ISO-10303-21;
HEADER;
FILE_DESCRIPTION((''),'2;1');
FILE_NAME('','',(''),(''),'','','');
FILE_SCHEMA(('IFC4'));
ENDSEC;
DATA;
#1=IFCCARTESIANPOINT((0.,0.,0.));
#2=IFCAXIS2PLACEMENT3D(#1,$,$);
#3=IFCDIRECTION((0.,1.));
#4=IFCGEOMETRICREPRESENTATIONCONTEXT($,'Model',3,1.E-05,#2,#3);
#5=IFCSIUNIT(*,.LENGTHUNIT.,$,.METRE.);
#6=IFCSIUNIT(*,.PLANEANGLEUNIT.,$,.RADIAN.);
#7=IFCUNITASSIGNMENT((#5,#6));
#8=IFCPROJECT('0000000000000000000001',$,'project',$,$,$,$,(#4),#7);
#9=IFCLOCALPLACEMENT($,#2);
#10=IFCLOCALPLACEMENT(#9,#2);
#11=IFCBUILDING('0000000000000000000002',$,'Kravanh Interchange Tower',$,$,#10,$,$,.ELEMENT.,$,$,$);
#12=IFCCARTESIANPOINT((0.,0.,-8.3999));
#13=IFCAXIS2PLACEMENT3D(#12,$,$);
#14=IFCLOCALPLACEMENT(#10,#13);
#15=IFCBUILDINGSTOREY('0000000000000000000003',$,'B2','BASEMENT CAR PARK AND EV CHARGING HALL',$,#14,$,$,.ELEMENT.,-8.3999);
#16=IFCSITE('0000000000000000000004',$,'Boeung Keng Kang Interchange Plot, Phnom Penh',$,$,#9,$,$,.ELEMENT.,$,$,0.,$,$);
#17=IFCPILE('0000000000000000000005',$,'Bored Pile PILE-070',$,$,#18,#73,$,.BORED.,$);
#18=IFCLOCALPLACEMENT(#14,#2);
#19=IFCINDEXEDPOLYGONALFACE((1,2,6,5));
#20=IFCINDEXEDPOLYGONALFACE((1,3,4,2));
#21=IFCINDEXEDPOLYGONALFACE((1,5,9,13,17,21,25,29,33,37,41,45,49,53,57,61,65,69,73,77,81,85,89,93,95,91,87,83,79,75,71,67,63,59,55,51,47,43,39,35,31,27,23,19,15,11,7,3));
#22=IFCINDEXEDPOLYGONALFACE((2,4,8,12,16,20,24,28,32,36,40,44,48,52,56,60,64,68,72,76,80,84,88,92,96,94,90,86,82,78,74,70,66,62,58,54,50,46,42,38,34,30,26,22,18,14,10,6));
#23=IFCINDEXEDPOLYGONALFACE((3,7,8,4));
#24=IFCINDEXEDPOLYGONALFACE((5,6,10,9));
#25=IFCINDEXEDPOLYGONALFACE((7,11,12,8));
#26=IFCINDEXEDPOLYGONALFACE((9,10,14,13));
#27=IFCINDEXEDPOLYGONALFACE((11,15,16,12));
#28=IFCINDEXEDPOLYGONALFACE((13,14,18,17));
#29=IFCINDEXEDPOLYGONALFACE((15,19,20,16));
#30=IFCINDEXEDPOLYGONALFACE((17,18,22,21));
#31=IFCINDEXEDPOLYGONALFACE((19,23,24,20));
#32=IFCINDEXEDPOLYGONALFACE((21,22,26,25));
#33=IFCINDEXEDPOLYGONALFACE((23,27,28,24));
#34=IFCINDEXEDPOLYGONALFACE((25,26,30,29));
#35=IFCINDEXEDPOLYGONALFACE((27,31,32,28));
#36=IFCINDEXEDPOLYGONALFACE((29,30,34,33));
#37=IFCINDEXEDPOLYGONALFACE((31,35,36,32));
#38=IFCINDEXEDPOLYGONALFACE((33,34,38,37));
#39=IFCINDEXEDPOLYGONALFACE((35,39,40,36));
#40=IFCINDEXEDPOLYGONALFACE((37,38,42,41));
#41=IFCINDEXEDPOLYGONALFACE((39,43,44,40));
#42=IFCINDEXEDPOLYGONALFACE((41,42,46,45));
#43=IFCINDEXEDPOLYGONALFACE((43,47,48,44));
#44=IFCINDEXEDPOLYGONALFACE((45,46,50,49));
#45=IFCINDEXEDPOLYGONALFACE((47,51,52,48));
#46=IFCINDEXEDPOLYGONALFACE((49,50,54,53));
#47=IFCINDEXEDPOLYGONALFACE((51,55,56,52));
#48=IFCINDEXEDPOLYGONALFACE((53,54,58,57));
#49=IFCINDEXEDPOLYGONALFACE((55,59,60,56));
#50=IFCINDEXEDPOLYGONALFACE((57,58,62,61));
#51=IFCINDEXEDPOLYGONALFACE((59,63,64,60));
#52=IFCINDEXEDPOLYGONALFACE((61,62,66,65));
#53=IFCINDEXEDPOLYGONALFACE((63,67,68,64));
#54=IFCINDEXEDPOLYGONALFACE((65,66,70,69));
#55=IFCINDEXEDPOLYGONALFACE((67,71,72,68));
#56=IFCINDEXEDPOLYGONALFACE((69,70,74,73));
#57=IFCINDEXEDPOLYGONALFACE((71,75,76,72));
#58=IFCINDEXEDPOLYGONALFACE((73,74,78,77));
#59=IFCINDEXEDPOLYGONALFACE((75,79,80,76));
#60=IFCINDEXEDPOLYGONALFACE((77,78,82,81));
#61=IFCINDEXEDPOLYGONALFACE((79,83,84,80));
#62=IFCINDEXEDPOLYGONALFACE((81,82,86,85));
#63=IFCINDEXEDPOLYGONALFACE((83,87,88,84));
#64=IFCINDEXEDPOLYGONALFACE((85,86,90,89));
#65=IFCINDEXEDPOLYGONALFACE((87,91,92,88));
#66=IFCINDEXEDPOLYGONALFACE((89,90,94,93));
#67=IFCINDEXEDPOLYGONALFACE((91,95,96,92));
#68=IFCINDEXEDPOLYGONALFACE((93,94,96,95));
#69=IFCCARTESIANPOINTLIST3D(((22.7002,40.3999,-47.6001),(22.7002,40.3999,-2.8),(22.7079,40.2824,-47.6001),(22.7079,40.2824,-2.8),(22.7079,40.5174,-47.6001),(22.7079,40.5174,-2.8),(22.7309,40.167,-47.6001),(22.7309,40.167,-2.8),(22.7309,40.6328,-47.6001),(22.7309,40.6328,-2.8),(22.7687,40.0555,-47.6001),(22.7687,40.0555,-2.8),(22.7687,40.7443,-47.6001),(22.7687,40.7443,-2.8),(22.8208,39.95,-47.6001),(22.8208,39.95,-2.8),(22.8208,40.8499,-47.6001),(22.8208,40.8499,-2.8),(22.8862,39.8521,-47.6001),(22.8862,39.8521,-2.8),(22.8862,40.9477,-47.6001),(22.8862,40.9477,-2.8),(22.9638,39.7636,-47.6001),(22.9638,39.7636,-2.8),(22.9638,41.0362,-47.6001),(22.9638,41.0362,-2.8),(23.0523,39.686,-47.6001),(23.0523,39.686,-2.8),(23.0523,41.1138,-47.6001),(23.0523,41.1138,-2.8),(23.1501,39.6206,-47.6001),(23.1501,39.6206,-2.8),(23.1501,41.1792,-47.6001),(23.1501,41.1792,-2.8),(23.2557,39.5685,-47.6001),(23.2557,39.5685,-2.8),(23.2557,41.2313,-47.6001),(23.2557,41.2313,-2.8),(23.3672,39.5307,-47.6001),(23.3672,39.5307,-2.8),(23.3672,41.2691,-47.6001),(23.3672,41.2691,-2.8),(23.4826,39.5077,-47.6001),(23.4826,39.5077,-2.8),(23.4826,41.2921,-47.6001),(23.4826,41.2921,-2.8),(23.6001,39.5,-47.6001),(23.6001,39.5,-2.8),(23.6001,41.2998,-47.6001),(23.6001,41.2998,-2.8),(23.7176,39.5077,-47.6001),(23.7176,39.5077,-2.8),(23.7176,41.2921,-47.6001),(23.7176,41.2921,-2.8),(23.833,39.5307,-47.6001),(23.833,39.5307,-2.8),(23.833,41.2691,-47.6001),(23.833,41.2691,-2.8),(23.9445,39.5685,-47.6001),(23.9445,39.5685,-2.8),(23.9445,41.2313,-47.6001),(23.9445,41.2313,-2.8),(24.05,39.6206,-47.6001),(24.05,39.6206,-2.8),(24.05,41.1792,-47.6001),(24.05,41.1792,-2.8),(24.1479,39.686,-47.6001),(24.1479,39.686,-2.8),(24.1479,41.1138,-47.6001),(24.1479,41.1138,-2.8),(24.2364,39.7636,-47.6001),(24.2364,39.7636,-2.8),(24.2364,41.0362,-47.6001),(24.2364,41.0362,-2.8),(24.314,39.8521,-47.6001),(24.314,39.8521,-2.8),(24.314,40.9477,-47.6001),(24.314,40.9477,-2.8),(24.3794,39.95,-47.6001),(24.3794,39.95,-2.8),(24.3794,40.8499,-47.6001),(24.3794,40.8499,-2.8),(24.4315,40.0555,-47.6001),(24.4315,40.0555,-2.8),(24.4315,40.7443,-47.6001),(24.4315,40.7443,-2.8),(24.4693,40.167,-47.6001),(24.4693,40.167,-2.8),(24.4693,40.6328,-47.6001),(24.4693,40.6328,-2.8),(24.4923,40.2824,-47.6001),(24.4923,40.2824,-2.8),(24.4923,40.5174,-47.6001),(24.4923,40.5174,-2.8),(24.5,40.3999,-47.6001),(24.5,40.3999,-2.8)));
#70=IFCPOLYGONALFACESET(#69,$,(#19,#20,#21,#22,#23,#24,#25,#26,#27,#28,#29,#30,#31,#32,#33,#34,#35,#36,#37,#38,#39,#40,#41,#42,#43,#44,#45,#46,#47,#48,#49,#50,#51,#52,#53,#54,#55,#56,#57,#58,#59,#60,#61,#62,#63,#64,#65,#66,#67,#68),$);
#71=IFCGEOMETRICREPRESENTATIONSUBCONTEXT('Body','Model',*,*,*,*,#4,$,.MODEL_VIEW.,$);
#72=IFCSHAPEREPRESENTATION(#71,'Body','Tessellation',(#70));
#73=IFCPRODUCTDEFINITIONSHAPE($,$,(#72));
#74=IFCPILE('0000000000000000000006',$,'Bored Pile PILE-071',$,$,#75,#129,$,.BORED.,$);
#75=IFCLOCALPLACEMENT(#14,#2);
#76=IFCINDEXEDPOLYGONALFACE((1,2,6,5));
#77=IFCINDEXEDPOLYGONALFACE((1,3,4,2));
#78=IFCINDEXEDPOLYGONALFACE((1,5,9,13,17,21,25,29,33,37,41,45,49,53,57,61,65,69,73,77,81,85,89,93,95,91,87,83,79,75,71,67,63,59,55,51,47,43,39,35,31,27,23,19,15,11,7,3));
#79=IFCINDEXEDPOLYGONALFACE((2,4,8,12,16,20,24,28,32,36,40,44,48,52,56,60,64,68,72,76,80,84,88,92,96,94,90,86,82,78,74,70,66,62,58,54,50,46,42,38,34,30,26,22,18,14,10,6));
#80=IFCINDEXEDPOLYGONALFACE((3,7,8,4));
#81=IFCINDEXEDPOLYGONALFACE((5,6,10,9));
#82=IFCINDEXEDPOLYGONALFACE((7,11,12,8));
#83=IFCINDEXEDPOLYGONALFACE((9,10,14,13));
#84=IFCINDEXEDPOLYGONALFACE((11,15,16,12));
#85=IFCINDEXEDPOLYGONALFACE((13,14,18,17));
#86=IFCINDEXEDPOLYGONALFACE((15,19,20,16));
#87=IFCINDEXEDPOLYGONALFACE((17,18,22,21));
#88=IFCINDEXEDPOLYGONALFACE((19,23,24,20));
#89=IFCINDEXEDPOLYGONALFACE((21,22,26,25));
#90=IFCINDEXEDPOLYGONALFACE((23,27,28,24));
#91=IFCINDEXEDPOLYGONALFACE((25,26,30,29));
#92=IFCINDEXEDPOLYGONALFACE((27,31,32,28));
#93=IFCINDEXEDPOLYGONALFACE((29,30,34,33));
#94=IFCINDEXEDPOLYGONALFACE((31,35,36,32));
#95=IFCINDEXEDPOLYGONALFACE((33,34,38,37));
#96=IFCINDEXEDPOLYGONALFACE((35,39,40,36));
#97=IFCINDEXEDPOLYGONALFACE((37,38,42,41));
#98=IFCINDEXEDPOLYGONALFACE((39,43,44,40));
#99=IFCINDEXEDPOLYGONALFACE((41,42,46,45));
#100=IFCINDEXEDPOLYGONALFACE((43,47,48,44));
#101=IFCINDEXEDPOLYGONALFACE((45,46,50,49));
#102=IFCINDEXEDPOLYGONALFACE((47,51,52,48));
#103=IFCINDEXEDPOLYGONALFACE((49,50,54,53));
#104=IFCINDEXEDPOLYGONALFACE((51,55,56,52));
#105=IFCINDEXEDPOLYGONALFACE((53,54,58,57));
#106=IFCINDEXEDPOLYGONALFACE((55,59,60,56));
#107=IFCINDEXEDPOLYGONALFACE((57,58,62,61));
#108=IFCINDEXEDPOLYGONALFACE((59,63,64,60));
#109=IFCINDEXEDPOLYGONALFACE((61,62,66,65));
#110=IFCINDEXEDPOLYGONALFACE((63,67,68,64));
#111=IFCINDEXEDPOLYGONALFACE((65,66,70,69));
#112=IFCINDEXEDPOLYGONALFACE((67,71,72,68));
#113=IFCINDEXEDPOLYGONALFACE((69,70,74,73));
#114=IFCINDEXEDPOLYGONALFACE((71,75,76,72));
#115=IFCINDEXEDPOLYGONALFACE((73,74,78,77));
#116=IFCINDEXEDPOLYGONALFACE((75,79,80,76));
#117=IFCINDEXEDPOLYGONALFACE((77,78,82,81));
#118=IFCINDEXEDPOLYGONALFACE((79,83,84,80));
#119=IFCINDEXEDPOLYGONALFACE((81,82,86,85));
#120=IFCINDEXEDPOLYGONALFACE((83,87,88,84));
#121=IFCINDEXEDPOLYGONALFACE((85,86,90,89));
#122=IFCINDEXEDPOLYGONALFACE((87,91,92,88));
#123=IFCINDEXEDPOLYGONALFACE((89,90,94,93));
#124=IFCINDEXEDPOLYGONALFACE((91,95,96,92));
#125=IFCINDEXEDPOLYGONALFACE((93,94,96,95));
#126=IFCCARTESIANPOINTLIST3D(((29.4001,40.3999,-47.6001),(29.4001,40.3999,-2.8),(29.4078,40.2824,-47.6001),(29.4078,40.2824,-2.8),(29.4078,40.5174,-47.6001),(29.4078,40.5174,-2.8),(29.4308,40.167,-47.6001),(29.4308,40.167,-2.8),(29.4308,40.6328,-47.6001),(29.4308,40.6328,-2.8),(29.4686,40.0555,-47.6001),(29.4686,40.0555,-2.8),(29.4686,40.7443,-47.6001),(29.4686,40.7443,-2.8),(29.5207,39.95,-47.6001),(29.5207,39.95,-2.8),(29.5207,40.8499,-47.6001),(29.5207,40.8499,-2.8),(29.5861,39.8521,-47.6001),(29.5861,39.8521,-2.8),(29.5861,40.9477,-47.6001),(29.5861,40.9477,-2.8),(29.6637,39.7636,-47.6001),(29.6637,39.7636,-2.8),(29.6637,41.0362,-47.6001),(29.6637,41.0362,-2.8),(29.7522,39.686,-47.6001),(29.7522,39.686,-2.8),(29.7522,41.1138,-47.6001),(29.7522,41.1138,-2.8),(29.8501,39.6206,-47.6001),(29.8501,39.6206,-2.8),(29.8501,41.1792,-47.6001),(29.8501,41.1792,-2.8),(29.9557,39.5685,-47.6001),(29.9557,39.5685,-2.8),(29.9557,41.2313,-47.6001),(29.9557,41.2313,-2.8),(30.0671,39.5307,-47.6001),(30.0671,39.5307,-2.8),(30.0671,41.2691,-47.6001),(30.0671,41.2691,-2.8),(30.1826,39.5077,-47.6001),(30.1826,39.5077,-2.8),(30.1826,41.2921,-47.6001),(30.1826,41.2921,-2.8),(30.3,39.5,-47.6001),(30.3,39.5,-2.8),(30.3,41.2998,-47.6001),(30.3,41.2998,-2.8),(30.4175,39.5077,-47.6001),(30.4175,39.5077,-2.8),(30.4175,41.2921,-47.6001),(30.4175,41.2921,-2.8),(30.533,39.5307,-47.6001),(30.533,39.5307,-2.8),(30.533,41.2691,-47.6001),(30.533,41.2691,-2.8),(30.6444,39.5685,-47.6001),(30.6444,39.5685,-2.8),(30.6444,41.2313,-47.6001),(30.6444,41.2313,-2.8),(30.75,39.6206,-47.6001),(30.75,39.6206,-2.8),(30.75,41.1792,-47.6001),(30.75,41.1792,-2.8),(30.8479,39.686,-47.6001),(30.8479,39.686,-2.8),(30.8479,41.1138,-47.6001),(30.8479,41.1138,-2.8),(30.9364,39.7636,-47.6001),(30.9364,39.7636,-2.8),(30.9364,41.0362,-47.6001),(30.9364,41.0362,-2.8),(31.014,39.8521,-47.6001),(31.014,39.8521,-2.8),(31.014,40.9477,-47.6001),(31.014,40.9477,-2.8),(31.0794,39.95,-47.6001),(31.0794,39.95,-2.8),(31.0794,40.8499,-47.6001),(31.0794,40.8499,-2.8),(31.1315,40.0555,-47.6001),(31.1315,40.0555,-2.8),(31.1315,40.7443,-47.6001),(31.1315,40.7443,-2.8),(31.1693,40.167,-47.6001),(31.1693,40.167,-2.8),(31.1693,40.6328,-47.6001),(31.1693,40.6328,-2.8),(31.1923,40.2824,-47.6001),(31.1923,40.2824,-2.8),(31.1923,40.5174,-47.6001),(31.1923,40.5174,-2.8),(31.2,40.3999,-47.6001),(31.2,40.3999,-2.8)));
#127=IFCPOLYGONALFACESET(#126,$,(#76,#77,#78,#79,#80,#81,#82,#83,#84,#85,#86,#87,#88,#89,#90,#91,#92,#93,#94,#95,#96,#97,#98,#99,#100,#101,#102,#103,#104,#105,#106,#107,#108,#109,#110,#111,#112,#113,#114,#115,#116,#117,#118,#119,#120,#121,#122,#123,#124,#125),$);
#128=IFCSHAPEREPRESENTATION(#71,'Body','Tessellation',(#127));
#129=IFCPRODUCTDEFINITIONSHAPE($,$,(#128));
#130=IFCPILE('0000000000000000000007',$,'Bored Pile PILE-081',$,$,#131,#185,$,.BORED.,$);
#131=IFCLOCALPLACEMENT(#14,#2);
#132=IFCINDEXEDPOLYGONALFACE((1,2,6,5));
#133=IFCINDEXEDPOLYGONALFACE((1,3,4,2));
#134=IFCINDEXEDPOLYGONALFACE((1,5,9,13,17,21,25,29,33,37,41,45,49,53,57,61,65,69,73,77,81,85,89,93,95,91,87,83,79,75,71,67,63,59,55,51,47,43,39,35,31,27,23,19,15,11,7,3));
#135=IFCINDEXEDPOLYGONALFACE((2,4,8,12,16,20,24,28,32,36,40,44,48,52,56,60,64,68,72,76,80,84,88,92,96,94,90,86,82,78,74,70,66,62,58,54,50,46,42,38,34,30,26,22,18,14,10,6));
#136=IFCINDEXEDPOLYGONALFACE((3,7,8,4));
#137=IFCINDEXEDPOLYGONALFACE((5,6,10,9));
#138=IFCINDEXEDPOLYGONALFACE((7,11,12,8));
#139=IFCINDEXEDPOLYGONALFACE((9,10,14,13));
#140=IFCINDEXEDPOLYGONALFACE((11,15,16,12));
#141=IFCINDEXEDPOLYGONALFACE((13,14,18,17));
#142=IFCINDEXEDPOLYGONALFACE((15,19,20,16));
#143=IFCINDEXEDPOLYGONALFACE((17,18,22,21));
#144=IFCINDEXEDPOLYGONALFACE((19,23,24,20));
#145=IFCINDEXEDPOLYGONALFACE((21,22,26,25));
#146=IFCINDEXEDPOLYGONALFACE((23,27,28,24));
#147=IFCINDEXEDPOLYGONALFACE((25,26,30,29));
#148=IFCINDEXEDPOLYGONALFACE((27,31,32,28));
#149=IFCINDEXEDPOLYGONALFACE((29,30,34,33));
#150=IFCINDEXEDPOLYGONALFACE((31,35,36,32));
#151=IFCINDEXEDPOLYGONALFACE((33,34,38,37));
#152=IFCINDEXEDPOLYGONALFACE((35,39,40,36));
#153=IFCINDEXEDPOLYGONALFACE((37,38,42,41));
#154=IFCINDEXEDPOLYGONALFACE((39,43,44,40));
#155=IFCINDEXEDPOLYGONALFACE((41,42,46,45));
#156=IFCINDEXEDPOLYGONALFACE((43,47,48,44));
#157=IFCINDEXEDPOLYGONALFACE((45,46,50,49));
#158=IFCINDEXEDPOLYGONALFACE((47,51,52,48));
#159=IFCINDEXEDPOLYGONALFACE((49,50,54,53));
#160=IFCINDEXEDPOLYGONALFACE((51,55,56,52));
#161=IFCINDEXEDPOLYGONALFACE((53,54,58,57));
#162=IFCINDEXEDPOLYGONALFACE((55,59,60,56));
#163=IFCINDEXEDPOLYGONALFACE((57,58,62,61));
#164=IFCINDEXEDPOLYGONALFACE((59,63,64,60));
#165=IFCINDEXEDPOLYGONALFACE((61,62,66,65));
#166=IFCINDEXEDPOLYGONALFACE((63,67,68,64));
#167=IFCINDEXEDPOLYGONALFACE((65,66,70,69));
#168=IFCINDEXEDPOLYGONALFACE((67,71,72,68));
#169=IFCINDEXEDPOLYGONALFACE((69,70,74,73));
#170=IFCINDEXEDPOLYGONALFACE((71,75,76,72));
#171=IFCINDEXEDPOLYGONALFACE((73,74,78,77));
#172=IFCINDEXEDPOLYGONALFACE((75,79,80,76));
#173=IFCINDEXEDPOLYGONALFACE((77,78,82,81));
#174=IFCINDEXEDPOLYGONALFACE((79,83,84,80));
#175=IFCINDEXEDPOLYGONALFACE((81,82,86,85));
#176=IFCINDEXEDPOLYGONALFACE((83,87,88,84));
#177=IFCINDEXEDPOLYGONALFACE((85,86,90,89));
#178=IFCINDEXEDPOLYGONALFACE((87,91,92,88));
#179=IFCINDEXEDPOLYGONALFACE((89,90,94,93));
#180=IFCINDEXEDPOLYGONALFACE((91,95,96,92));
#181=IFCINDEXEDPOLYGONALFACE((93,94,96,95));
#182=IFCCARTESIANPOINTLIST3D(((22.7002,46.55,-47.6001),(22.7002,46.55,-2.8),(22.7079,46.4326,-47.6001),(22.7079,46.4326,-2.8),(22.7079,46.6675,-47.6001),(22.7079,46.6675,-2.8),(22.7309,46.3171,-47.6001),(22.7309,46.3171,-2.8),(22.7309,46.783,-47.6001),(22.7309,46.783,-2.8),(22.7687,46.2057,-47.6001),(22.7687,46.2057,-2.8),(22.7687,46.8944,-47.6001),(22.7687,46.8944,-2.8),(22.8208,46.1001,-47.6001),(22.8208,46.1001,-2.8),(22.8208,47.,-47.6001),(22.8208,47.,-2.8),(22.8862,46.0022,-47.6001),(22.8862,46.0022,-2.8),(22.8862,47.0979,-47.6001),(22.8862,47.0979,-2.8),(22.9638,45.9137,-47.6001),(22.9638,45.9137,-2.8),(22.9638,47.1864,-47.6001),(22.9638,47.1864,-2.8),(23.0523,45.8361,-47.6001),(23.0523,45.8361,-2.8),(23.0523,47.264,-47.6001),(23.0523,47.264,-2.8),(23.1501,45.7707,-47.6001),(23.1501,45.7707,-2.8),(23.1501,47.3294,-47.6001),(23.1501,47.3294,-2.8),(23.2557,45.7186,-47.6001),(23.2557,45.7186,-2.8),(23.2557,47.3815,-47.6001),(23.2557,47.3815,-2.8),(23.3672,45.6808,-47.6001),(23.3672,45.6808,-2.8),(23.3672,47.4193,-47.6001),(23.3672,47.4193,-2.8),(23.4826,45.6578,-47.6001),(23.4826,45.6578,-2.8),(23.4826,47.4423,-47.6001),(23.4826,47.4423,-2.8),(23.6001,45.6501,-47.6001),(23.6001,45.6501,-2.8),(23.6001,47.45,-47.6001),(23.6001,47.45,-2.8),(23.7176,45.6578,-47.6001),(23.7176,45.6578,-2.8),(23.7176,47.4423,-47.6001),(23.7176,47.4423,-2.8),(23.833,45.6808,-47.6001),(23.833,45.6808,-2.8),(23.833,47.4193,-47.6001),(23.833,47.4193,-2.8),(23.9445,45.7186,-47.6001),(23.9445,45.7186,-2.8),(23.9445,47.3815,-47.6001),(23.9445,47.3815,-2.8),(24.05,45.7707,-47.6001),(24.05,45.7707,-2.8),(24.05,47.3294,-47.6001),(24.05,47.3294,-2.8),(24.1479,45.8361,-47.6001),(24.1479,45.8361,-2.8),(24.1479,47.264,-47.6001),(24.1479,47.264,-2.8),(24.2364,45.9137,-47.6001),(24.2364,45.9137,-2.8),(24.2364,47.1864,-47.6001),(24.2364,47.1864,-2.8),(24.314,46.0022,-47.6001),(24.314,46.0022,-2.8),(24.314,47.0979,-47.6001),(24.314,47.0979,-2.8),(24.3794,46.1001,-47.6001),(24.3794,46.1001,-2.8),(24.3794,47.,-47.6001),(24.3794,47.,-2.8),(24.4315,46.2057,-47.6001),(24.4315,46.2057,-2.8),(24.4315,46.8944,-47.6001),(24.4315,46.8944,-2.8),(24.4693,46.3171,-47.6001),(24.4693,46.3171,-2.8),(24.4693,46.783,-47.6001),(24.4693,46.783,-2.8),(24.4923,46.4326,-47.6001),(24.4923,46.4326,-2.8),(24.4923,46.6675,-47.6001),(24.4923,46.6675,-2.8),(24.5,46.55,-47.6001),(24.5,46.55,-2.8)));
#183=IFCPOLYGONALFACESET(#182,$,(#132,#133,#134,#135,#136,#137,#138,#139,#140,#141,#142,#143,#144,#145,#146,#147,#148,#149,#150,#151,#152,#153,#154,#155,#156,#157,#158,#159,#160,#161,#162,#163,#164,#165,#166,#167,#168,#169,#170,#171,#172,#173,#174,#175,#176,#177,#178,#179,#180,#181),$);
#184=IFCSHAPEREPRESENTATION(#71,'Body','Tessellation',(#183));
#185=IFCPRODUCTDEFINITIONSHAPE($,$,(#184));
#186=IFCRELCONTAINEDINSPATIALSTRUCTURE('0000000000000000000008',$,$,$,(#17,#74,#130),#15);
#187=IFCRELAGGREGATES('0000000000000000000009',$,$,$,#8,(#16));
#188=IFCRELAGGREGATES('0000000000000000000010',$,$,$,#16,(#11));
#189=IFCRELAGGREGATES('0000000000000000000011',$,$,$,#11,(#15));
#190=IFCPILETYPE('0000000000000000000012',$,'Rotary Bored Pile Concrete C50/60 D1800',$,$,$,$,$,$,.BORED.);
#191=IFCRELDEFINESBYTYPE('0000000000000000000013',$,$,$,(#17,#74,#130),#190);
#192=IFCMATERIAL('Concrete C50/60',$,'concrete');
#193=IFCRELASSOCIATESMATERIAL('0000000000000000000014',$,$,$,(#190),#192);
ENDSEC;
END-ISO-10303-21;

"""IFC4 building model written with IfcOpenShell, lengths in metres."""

from ifc_helpers import new_model, si_unit, direction, frame, origin, origin_2d, place, context, subcontext, project, spatial, circle, extrude, material, material_profile, profile_set, type_object, element, save


model = new_model("IFC4")

# Units and contexts
model_context = context("Model", 3, precision=1e-05, world=origin(), true_north=direction((0.0, 1.0)))
body_context = subcontext(model_context, "Body", "Model", "MODEL_VIEW")
ifc_project = project(units=[si_unit("LENGTHUNIT", "METRE"), si_unit("PLANEANGLEUNIT", "RADIAN")], contexts=[model_context])

# Site, building, storey
site_placement = place(None, origin())
site = spatial("IfcSite", under=ifc_project, at=site_placement, Name="Boeung Keng Kang Interchange Plot, Phnom Penh", CompositionType="ELEMENT", RefElevation=0.0)
building_placement = place(site_placement, origin())
building = spatial("IfcBuilding", under=site, at=building_placement, Name="Kravanh Interchange Tower", CompositionType="ELEMENT")
storey_placement = place(building_placement, frame((0.0, 0.0, -8.3999)))
storey = spatial("IfcBuildingStorey", under=building, at=storey_placement, Name="B2", Description="BASEMENT CAR PARK AND EV CHARGING HALL", CompositionType="ELEMENT", Elevation=-8.3999)

# Piles
ifc_material_1 = material(Name="Concrete C50/60", Category="concrete")
ifc_material_profile_1 = material_profile(ifc_material_1, circle(Radius=0.8999, at=origin_2d()), Name="PILE-D1800")
ifc_profile_set_1 = profile_set([ifc_material_profile_1], Name="Concrete C50/60")
pile_type = type_object("IfcPileType", Name="Rotary Bored Pile Concrete C50/60 D1800", PredefinedType="BORED", material=ifc_profile_set_1)
for number, where, z_axis, x_axis, name in (
    (1, (23.6001, 40.3999, -2.8), (0.0, 0.0, -1.0), (1.0, 0.0, 0.0), "Bored Pile PILE-070"),
    (2, (30.3, 40.3999, -2.8), (0.0, 0.0, -1.0), (1.0, 0.0, 0.0), "Bored Pile PILE-071"),
    (3, (23.6001, 46.55, -2.8), (0.0, 0.0, -1.0), (1.0, 0.0, 0.0), "Bored Pile PILE-081"),
):
    element("IfcPile", number, at=place(storey_placement, frame(where, z_axis=z_axis, x_axis=x_axis)), inside=storey, type_object=pile_type, Name=name, PredefinedType="BORED", context=body_context, shape_type="SweptSolid", body=[
        extrude(circle(Radius=0.8999, at=origin_2d()), origin(), (0.0, 0.0, 1.0), 44.8),
    ])

save(model, "model.ifc")
